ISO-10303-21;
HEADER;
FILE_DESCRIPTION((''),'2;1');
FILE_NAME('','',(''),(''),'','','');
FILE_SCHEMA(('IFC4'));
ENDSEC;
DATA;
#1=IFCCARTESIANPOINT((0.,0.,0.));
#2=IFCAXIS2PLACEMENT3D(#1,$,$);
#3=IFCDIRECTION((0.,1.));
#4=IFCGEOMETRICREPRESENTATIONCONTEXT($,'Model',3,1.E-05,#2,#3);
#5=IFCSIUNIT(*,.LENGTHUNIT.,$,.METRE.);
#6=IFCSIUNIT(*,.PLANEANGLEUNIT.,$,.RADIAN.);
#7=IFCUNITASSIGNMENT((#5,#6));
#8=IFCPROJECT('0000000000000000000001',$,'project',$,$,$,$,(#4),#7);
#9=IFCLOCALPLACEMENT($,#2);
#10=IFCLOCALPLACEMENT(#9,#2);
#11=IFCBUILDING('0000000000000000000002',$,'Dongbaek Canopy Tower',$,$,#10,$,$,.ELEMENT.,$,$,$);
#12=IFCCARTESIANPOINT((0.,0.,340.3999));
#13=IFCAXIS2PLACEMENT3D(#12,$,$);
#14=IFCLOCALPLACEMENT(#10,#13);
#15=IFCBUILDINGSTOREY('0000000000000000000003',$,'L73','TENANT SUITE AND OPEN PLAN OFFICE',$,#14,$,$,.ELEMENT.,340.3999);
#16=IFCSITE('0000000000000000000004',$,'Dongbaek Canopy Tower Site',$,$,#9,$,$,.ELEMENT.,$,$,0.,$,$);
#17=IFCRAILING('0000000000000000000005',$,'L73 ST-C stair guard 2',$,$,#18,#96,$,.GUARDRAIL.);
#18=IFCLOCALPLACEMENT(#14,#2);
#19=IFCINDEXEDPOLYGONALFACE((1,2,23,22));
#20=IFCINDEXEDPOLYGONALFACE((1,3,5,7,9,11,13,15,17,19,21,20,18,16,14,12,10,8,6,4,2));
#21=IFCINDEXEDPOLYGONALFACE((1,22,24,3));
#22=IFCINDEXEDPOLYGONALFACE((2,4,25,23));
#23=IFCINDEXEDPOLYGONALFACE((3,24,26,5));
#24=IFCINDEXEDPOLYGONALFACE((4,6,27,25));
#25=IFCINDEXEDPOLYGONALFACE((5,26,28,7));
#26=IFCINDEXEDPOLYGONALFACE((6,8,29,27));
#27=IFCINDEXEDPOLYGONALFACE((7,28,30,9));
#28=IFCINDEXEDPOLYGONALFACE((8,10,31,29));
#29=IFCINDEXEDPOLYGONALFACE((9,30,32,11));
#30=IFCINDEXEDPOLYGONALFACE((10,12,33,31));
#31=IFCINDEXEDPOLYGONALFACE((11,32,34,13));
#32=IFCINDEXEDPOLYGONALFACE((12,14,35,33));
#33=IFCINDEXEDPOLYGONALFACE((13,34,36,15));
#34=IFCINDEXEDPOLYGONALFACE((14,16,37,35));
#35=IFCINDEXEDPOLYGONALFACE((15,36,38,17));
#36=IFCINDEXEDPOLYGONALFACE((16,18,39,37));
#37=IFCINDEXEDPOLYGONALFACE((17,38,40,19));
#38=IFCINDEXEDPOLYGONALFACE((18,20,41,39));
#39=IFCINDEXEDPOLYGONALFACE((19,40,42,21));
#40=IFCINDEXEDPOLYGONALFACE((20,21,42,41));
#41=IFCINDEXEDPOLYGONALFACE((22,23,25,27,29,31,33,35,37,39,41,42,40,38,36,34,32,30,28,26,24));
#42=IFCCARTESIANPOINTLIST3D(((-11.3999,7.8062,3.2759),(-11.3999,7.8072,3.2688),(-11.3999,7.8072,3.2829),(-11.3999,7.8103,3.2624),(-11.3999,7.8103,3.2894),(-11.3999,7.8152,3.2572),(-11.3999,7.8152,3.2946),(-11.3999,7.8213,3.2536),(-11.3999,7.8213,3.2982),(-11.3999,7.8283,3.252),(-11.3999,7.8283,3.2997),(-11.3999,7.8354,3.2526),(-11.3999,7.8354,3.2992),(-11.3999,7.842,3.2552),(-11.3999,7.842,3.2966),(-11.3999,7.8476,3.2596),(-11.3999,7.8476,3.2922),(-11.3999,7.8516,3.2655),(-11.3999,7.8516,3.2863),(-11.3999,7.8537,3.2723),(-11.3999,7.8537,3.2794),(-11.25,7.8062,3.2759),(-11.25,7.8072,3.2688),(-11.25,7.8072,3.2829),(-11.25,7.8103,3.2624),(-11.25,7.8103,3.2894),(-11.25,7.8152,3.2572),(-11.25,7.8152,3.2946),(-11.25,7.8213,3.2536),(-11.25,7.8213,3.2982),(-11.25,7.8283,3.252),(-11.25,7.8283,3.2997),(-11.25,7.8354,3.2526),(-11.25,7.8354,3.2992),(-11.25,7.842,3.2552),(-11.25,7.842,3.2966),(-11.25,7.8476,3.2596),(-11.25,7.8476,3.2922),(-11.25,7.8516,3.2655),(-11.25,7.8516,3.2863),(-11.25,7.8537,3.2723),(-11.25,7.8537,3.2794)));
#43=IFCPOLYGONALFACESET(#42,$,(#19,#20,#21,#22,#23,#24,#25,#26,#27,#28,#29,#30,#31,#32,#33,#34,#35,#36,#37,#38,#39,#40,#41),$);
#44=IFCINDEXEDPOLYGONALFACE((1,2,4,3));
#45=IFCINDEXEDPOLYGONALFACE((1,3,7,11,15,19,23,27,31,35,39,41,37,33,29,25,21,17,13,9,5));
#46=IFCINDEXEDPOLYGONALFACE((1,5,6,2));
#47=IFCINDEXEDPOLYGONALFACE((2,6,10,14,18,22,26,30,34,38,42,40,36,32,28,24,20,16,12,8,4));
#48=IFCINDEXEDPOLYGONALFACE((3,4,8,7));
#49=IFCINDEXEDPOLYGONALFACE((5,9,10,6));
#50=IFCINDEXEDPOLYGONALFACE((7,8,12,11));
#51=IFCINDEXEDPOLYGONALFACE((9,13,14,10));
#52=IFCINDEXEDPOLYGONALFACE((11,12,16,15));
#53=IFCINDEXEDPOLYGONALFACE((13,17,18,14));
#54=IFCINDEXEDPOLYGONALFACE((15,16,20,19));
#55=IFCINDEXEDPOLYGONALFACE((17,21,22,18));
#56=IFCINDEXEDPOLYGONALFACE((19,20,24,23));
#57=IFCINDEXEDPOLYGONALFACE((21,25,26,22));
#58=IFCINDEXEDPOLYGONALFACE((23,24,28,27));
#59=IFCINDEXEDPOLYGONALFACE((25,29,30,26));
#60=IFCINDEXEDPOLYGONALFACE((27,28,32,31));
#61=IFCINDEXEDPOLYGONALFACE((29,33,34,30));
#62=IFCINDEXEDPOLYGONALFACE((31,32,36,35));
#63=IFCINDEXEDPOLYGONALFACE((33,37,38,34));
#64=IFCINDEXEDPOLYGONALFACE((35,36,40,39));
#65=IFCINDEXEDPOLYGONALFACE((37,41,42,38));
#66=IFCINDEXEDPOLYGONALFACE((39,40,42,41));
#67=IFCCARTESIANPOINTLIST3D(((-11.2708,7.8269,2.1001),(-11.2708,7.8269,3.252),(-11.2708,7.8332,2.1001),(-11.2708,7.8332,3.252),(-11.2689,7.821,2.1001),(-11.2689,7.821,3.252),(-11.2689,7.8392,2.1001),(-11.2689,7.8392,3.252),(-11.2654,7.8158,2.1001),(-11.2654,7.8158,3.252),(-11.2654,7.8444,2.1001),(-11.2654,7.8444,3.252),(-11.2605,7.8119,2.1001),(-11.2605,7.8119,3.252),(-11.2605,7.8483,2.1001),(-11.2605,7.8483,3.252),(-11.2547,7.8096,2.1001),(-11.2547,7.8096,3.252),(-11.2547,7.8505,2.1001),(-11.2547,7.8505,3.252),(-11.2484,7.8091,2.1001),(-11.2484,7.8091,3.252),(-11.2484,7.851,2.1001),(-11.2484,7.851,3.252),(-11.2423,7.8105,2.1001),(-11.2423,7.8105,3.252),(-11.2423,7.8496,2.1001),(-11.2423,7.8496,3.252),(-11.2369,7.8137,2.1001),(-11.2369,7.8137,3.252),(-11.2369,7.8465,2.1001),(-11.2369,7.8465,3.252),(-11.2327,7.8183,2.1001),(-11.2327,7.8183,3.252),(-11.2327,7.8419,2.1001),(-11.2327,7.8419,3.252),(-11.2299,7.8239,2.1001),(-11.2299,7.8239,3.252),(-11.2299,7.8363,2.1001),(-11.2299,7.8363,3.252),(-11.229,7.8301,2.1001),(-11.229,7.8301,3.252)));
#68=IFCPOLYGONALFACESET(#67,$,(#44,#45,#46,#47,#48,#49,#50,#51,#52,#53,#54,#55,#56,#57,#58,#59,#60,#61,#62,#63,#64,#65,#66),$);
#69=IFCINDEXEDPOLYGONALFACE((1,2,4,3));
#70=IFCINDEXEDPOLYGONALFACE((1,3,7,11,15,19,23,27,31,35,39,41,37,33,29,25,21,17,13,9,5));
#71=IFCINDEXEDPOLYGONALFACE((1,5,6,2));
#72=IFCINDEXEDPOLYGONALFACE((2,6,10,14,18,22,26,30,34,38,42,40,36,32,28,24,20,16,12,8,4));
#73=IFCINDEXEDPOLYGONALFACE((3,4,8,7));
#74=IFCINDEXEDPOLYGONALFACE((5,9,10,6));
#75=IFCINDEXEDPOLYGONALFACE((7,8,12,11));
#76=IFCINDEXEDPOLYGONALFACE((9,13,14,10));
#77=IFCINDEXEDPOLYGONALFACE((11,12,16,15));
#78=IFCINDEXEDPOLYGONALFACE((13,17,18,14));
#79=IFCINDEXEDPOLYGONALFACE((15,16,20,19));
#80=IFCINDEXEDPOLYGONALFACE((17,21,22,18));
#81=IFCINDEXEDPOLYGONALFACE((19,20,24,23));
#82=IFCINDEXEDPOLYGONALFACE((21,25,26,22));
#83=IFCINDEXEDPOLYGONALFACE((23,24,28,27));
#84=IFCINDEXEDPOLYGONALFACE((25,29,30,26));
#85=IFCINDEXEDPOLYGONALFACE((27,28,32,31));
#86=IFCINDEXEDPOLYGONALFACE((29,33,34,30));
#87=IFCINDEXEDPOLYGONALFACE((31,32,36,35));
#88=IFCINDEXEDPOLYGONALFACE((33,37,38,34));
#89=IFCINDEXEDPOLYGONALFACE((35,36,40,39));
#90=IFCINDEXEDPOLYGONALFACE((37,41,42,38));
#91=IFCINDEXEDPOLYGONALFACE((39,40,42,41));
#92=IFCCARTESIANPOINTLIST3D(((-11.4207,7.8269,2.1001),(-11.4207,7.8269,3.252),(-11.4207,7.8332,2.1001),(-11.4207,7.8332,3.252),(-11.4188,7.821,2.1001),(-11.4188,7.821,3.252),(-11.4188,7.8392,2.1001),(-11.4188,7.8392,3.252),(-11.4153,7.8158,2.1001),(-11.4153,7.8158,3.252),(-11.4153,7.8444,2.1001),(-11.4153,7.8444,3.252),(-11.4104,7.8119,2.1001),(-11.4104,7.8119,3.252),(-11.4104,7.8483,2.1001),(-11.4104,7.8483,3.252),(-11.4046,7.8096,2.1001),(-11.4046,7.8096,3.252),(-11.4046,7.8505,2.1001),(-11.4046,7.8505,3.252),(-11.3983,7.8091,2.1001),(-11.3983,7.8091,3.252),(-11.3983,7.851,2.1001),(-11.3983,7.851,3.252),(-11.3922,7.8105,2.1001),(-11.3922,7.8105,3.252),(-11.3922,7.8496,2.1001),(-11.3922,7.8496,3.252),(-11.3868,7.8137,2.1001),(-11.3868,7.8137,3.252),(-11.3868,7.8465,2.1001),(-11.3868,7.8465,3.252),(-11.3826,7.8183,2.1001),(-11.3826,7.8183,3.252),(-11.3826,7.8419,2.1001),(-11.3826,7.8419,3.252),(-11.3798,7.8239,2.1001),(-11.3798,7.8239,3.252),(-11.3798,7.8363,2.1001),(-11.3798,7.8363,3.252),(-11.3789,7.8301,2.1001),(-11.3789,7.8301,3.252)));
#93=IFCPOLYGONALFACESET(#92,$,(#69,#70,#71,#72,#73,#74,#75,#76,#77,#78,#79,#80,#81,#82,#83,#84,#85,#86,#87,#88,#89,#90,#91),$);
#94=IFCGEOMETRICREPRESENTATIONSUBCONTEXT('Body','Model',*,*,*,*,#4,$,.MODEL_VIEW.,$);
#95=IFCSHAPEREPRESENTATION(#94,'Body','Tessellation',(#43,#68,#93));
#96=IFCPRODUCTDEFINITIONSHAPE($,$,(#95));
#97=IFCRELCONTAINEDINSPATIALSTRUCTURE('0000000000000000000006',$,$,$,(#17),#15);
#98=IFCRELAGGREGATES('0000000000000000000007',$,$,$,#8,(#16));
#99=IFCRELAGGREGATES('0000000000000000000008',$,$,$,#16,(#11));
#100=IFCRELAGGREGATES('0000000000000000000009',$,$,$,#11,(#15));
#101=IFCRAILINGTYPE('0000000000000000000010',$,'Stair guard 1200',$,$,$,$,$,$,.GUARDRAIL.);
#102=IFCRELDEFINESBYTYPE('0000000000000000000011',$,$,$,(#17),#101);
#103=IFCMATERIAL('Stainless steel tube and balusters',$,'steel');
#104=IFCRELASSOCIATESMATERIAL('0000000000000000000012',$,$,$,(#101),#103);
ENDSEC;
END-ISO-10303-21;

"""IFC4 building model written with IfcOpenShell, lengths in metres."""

from ifc_helpers import new_model, si_unit, direction, frame, origin, origin_2d, place, context, subcontext, project, spatial, circle, extrude, material, type_object, element, save


model = new_model("IFC4")

# Units and contexts
model_context = context("Model", 3, precision=1e-05, world=origin(), true_north=direction((0.0, 1.0)))
body_context = subcontext(model_context, "Body", "Model", "MODEL_VIEW")
ifc_project = project(units=[si_unit("LENGTHUNIT", "METRE"), si_unit("PLANEANGLEUNIT", "RADIAN")], contexts=[model_context])

# Site, building, storey
site_placement = place(None, origin())
site = spatial("IfcSite", under=ifc_project, at=site_placement, Name="Dongbaek Canopy Tower Site", CompositionType="ELEMENT", RefElevation=0.0)
building_placement = place(site_placement, origin())
building = spatial("IfcBuilding", under=site, at=building_placement, Name="Dongbaek Canopy Tower", CompositionType="ELEMENT")
storey_placement = place(building_placement, frame((0.0, 0.0, 340.3999)))
storey = spatial("IfcBuildingStorey", under=building, at=storey_placement, Name="L73", Description="TENANT SUITE AND OPEN PLAN OFFICE", CompositionType="ELEMENT", Elevation=340.3999)

# Railing
ifc_material_1 = material(Name="Stainless steel tube and balusters", Category="steel")
railing_type_1 = type_object("IfcRailingType", Name="Stair guard 1200", PredefinedType="GUARDRAIL", material=ifc_material_1)
railing_1_placement = place(storey_placement, frame((-11.25, 7.8301, 2.1001)))
element("IfcRailing", 1, at=railing_1_placement, inside=storey, type_object=railing_type_1, Name="L73 ST-C stair guard 2", PredefinedType="GUARDRAIL", context=body_context, shape_type="SweptSolid", body=[
    extrude(circle(Radius=0.0239, at=origin_2d()), frame((0.0, 0.0, 1.1758), z_axis=(-1.0, 0.0, 0.0), x_axis=(0.0, -1.0, 0.0)), (0.0, 0.0, 1.0), 0.1499),
    extrude(circle(Radius=0.021, at=origin_2d()), origin(), (0.0, 0.0, 1.0), 1.1519),
    extrude(circle(Radius=0.021, at=origin_2d()), frame((-0.1499, 0.0, 0.0)), (0.0, 0.0, 1.0), 1.1519),
])

save(model, "model.ifc")
